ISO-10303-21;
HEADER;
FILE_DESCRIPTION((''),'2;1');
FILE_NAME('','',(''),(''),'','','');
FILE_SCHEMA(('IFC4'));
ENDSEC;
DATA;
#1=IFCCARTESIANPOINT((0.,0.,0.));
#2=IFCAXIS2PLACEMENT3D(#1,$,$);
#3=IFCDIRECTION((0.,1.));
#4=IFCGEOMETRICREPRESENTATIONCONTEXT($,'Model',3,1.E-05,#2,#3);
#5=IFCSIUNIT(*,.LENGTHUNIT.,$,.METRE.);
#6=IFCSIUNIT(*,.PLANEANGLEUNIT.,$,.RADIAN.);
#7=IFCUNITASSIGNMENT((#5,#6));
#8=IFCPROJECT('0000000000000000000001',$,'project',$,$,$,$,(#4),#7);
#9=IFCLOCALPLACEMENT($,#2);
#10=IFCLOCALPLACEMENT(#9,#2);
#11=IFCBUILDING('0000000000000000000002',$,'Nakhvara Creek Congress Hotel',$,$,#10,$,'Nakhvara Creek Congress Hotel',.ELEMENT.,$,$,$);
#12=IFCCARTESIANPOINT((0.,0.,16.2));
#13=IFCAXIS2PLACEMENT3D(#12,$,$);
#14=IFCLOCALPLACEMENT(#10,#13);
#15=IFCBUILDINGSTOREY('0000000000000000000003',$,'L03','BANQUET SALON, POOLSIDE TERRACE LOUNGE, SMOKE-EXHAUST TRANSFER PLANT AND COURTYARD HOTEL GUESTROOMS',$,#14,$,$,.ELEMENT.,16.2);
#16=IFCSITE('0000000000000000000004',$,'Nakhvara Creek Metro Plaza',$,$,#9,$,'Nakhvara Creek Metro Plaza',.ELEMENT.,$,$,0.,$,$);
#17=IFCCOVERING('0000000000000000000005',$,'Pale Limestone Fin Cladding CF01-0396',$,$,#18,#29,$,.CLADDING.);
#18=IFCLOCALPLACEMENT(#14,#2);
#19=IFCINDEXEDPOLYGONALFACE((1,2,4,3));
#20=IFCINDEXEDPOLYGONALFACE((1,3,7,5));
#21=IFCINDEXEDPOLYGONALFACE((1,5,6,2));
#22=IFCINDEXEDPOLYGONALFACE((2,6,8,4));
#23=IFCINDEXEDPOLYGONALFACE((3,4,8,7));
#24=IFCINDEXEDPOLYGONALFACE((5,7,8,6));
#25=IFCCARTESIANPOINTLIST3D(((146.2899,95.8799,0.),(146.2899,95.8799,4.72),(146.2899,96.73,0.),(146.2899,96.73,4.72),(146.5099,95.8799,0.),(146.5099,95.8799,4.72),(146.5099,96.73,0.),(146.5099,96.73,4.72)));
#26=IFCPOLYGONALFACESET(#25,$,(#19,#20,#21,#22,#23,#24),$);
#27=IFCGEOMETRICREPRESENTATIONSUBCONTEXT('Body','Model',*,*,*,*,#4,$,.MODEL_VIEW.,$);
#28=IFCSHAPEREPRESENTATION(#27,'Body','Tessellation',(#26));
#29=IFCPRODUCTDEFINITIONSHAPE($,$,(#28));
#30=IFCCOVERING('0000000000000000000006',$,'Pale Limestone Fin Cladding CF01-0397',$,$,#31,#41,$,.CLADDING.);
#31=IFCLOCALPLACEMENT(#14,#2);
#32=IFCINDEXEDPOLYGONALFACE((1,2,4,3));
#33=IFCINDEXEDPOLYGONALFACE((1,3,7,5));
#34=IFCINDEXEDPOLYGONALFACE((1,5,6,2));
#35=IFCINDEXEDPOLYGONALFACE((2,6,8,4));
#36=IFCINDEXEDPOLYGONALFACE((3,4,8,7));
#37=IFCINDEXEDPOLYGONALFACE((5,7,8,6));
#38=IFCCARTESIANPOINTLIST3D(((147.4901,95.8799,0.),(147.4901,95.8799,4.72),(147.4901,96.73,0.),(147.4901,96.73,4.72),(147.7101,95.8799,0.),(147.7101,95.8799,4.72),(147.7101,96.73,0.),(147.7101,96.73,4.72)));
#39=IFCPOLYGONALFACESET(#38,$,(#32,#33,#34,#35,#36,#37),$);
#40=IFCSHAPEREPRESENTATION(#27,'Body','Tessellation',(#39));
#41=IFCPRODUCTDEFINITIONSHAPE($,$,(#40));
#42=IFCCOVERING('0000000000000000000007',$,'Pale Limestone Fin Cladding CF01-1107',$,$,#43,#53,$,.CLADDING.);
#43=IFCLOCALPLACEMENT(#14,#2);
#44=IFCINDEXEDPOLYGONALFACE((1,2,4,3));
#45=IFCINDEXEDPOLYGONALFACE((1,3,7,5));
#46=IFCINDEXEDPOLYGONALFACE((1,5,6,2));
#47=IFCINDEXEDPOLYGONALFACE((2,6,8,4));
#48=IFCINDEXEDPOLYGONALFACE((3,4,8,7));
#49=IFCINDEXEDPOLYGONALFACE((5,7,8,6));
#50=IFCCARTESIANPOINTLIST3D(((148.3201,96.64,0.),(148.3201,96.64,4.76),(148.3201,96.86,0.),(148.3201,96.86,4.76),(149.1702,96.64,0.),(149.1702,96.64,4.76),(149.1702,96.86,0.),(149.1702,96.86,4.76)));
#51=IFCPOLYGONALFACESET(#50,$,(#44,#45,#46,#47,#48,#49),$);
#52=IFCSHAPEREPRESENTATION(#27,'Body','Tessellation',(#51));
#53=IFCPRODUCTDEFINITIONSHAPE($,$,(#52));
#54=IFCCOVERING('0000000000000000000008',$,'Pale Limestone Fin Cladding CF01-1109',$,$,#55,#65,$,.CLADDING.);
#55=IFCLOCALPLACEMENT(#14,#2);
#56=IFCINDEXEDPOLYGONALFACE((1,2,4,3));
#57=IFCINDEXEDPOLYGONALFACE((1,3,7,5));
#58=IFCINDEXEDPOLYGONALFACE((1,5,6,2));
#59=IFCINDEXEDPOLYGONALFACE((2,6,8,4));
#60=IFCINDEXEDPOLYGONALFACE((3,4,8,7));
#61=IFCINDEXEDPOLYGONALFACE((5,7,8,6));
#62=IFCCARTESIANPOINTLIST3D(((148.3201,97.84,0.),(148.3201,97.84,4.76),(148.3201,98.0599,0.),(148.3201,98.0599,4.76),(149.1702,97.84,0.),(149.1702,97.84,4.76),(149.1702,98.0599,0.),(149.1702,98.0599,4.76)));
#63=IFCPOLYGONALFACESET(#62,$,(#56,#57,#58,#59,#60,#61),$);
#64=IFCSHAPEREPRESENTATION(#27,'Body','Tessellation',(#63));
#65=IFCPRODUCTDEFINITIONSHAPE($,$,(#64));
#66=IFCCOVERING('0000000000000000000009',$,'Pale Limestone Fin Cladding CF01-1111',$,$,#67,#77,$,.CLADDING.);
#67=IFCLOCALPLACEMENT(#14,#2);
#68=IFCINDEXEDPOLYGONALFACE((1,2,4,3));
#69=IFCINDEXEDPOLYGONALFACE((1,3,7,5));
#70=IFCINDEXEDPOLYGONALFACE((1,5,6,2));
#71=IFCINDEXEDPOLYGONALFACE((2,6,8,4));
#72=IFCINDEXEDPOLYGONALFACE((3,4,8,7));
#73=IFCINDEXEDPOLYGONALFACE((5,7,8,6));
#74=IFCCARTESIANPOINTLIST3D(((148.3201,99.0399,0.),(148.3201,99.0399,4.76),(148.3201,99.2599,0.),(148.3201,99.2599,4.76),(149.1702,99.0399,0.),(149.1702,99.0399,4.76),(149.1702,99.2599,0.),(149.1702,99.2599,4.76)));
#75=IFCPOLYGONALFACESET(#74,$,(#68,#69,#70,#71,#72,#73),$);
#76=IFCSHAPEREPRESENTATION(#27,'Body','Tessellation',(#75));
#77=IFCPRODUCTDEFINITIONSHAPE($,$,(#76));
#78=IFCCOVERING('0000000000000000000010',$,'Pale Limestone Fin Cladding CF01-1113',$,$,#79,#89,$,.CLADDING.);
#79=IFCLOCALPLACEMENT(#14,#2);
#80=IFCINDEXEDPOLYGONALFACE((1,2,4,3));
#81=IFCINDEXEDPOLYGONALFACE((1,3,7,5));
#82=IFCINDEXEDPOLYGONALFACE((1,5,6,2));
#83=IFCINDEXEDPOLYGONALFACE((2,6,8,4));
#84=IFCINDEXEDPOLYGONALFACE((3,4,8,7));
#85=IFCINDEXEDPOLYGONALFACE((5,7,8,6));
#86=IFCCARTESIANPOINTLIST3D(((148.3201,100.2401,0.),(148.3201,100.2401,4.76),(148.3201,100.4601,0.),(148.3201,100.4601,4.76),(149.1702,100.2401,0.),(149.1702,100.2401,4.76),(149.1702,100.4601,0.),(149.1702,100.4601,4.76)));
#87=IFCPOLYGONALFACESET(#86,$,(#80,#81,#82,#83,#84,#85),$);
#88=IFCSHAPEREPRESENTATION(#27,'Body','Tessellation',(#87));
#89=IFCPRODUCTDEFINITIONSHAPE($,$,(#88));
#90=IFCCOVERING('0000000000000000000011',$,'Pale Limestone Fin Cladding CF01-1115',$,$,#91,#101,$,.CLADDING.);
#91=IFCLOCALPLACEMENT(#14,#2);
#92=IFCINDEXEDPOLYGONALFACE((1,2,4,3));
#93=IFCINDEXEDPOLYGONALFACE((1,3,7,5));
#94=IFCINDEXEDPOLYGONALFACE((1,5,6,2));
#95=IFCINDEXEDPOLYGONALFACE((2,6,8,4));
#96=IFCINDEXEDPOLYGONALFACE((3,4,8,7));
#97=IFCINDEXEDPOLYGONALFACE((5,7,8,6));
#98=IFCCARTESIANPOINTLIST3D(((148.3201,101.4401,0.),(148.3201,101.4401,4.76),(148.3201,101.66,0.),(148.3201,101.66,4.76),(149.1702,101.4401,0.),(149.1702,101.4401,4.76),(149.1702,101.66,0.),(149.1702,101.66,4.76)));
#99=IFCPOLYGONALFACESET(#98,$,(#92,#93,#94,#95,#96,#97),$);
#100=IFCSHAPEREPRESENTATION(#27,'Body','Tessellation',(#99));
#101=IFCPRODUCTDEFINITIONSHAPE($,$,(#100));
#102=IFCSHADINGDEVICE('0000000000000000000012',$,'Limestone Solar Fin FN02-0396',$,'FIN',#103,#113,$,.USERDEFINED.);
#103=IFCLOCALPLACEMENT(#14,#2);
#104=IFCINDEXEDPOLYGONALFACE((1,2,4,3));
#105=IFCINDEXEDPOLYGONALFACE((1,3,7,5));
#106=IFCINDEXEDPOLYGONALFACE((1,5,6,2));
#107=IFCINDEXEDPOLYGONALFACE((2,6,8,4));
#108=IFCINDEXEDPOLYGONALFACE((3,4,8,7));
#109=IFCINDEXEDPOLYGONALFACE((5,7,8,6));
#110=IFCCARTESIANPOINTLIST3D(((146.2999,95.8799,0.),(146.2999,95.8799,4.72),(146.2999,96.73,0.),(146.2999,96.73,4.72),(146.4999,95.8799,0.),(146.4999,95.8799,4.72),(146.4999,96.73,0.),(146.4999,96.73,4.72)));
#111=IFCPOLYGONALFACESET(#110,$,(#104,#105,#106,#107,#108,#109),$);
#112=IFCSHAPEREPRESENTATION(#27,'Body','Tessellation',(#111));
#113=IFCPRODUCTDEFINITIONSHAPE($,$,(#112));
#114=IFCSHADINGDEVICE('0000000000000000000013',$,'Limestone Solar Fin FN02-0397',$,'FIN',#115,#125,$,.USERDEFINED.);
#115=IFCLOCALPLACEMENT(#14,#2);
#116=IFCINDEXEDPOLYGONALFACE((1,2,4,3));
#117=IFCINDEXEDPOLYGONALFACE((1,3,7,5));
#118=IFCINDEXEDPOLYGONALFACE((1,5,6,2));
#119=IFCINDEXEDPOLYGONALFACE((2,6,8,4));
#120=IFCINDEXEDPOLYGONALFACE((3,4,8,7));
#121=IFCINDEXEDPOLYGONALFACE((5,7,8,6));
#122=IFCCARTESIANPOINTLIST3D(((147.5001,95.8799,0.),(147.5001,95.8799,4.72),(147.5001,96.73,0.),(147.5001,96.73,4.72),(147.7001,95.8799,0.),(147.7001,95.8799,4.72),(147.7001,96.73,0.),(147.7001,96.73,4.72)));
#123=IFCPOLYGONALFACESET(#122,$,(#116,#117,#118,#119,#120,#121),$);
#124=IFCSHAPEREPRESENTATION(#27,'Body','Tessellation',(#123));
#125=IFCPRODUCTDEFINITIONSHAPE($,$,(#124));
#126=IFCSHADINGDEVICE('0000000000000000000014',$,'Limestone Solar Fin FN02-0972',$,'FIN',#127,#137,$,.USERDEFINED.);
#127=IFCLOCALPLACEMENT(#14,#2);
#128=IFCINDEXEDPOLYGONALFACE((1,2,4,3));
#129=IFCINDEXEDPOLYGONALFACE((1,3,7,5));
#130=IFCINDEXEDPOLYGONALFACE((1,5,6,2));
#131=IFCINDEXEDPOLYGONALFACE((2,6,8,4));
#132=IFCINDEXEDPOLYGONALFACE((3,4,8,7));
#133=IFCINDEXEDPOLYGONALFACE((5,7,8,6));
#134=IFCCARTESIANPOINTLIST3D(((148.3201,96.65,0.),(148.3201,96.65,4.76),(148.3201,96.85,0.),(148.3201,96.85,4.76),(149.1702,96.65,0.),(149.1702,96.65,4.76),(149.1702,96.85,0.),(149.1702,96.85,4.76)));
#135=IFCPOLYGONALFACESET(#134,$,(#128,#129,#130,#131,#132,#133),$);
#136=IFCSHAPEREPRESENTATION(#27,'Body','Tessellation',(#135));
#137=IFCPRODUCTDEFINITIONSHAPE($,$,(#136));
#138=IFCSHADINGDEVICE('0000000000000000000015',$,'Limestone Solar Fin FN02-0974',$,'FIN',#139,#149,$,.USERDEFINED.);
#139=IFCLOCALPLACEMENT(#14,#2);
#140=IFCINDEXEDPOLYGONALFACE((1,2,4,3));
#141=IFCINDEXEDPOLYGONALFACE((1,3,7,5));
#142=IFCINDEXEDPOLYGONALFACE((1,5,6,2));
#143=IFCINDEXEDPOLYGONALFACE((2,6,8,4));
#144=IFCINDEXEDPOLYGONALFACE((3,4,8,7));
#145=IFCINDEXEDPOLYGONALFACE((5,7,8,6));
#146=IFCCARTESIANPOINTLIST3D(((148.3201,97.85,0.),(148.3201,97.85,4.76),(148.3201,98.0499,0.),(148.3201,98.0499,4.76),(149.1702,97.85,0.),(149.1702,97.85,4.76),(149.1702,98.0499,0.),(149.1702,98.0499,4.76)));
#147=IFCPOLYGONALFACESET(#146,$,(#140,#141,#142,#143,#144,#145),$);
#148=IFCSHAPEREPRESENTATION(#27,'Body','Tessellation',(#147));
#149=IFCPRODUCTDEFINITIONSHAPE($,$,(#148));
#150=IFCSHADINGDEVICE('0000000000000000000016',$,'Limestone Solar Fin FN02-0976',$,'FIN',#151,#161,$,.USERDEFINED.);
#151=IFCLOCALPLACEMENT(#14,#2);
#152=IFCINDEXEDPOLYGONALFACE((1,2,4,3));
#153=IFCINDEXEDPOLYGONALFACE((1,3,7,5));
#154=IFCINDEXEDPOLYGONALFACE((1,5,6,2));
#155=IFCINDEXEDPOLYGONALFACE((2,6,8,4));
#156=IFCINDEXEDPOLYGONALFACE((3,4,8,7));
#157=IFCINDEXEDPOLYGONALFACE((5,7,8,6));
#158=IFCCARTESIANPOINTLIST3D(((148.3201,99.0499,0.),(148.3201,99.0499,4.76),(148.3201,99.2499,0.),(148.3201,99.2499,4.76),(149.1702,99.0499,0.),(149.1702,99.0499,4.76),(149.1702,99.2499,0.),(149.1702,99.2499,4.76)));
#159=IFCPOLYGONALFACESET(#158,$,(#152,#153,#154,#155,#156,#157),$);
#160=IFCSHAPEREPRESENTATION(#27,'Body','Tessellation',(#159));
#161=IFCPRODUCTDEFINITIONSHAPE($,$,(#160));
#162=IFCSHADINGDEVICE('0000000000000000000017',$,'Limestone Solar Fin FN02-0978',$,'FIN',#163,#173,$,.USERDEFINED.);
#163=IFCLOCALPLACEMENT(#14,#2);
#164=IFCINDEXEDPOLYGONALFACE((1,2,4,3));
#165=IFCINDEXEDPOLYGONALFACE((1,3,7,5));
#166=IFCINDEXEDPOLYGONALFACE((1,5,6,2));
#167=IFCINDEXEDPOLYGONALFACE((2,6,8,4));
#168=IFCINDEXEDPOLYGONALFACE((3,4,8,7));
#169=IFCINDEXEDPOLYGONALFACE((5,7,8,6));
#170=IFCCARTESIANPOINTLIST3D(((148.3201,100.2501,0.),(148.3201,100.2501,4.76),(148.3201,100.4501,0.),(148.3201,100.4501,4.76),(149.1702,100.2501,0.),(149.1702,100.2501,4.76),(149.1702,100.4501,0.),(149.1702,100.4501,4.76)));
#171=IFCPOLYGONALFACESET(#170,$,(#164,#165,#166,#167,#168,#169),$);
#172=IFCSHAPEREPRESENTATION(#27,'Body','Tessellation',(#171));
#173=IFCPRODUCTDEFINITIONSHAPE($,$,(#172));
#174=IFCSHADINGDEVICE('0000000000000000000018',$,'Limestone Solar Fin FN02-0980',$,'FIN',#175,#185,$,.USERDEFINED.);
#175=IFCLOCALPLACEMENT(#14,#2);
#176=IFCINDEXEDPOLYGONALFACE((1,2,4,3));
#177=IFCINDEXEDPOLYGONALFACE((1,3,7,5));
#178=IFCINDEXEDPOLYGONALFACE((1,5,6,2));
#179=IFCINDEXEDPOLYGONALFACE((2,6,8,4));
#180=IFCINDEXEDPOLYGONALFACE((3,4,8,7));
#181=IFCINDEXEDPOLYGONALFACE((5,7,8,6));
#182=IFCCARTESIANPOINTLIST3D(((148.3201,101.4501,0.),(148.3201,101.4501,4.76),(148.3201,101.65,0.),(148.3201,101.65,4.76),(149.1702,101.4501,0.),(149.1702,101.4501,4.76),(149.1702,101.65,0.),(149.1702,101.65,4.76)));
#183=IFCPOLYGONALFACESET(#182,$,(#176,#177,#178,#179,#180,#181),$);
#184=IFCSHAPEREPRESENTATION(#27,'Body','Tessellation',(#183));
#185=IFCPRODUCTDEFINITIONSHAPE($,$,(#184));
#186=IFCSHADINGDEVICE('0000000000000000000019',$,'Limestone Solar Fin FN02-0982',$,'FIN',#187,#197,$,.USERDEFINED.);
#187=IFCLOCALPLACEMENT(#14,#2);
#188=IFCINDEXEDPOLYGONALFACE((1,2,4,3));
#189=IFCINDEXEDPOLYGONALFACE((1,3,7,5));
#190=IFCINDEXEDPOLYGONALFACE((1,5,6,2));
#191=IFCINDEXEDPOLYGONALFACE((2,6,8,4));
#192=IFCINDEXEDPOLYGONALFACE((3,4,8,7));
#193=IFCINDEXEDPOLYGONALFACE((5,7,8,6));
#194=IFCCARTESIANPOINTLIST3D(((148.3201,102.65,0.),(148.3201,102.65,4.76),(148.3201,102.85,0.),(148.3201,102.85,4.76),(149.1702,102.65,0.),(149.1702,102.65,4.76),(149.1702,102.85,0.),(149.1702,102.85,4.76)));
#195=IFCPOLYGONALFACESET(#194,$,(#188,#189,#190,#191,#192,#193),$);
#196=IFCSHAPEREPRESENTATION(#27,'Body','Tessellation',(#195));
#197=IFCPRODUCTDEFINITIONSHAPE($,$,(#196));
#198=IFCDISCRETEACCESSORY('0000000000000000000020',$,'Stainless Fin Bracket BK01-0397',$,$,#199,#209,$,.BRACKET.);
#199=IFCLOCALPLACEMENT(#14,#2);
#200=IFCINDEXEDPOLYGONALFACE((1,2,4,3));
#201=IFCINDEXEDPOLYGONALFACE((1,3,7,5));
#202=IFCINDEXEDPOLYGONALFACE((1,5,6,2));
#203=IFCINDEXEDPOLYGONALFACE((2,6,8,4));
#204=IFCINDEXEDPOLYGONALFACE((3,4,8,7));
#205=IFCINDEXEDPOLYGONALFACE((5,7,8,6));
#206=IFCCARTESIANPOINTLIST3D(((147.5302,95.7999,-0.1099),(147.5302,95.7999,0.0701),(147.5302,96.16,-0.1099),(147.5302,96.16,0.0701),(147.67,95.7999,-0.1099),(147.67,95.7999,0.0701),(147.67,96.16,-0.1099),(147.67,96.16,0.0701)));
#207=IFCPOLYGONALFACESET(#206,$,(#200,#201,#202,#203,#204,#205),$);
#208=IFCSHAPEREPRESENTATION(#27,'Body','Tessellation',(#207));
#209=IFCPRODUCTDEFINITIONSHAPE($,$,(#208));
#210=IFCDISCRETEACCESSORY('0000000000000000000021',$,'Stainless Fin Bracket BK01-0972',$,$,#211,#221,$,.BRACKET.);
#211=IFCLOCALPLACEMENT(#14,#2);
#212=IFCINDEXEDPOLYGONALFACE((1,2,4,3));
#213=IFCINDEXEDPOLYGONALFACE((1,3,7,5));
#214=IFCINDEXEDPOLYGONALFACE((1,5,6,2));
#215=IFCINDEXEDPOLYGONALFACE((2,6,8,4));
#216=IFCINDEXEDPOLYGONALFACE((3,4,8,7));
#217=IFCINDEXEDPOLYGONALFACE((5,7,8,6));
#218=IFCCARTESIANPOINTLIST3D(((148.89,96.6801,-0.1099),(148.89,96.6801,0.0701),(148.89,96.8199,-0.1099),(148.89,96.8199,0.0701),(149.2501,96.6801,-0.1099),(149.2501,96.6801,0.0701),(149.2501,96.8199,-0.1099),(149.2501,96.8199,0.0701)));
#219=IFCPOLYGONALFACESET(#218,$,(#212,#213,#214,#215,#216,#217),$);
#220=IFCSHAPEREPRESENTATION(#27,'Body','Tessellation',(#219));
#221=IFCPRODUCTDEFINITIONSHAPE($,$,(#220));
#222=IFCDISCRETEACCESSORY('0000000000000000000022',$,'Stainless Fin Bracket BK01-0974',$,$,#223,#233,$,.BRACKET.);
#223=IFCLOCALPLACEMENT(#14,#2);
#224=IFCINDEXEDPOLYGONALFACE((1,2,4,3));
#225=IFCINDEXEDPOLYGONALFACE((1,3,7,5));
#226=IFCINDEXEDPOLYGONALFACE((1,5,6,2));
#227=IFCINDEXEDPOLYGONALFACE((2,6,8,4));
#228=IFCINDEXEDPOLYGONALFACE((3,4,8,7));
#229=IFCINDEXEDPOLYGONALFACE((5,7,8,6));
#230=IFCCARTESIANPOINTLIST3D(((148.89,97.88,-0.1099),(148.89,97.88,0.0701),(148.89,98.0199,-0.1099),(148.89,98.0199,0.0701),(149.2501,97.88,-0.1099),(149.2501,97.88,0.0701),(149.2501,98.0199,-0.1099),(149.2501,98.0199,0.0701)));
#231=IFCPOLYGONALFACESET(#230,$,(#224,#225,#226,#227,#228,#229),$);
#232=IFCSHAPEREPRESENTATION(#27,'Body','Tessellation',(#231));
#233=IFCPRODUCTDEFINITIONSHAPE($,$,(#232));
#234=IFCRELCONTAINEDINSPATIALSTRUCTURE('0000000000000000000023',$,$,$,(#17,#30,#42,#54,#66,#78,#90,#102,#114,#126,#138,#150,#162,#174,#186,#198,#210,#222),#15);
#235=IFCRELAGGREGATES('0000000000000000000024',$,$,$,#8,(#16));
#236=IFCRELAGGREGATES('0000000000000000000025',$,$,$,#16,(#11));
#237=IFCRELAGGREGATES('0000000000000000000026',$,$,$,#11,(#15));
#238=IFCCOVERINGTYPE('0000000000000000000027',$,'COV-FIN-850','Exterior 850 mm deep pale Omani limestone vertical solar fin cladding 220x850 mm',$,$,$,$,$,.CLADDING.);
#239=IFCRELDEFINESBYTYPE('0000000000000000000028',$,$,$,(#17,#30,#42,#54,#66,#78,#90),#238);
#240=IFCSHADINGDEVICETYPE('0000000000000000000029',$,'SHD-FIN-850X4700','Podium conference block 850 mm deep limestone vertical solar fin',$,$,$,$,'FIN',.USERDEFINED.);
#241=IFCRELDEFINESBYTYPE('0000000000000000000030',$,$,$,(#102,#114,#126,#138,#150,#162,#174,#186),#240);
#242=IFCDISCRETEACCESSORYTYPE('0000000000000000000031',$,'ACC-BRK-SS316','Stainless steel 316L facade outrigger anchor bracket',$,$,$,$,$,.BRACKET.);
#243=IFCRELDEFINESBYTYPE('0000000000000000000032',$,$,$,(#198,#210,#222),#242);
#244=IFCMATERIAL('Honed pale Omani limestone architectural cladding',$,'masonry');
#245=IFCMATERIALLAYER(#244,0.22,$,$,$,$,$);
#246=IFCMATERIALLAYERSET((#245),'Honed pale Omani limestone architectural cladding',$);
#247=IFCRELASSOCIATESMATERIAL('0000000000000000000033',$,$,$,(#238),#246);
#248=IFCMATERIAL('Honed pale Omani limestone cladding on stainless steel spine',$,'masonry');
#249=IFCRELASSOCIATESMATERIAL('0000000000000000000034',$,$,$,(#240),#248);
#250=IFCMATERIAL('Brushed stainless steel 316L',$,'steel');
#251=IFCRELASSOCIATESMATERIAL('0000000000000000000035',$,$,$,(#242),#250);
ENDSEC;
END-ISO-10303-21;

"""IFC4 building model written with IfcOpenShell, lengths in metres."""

from ifc_helpers import new_model, si_unit, direction, frame, origin, origin_2d, place, context, subcontext, project, spatial, rectangle, extrude, material, layer, layer_set, type_object, element, save


model = new_model("IFC4")

# Units and contexts
model_context = context("Model", 3, precision=1e-05, world=origin(), true_north=direction((0.0, 1.0)))
body_context = subcontext(model_context, "Body", "Model", "MODEL_VIEW")
ifc_project = project(units=[si_unit("LENGTHUNIT", "METRE"), si_unit("PLANEANGLEUNIT", "RADIAN")], contexts=[model_context])

# Site, building, storey
site_placement = place(None, origin())
site = spatial("IfcSite", under=ifc_project, at=site_placement, Name="Nakhvara Creek Metro Plaza", LongName="Nakhvara Creek Metro Plaza", CompositionType="ELEMENT", RefElevation=0.0)
building_placement = place(site_placement, origin())
building = spatial("IfcBuilding", under=site, at=building_placement, Name="Nakhvara Creek Congress Hotel", LongName="Nakhvara Creek Congress Hotel", CompositionType="ELEMENT")
storey_placement = place(building_placement, frame((0.0, 0.0, 16.2)))
storey = spatial("IfcBuildingStorey", under=building, at=storey_placement, Name="L03", Description="BANQUET SALON, POOLSIDE TERRACE LOUNGE, SMOKE-EXHAUST TRANSFER PLANT AND COURTYARD HOTEL GUESTROOMS", CompositionType="ELEMENT", Elevation=16.2)

# Coverings
ifc_material_1 = material(Name="Honed pale Omani limestone architectural cladding", Category="masonry")
ifc_layer = layer(ifc_material_1, 0.22)
ifc_layer_set = layer_set([ifc_layer], Name="Honed pale Omani limestone architectural cladding")
covering_type = type_object("IfcCoveringType", Name="COV-FIN-850", Description="Exterior 850 mm deep pale Omani limestone vertical solar fin cladding 220x850 mm", PredefinedType="CLADDING", material=ifc_layer_set)
for number, where, z_axis, x_axis, name in (
    (1, (146.3999, 96.3049, 0.0), (0.0, 0.0, 1.0), (1.0, 0.0, 0.0), "Pale Limestone Fin Cladding CF01-0396"),
    (2, (147.6001, 96.3049, 0.0), (0.0, 0.0, 1.0), (1.0, 0.0, 0.0), "Pale Limestone Fin Cladding CF01-0397"),
):
    element("IfcCovering", number, at=place(storey_placement, frame(where, z_axis=z_axis, x_axis=x_axis)), inside=storey, type_object=covering_type, Name=name, PredefinedType="CLADDING", context=body_context, shape_type="SweptSolid", body=[
        extrude(rectangle(XDim=0.22, YDim=0.8501, at=origin_2d()), origin(), (0.0, 0.0, 1.0), 4.72),
    ])
for number, where, z_axis, x_axis, name in (
    (3, (148.7451, 96.75, 0.0), (0.0, 0.0, 1.0), (0.0, 1.0, 0.0), "Pale Limestone Fin Cladding CF01-1107"),
    (4, (148.7451, 97.95, 0.0), (0.0, 0.0, 1.0), (0.0, 1.0, 0.0), "Pale Limestone Fin Cladding CF01-1109"),
    (5, (148.7451, 99.1499, 0.0), (0.0, 0.0, 1.0), (0.0, 1.0, 0.0), "Pale Limestone Fin Cladding CF01-1111"),
    (6, (148.7451, 100.3501, 0.0), (0.0, 0.0, 1.0), (0.0, 1.0, 0.0), "Pale Limestone Fin Cladding CF01-1113"),
    (7, (148.7451, 101.55, 0.0), (0.0, 0.0, 1.0), (0.0, 1.0, 0.0), "Pale Limestone Fin Cladding CF01-1115"),
):
    element("IfcCovering", number, at=place(storey_placement, frame(where, z_axis=z_axis, x_axis=x_axis)), inside=storey, type_object=covering_type, Name=name, PredefinedType="CLADDING", context=body_context, shape_type="SweptSolid", body=[
        extrude(rectangle(XDim=0.22, YDim=0.8501, at=origin_2d()), origin(), (0.0, 0.0, 1.0), 4.76),
    ])

# Shading devices
ifc_material_2 = material(Name="Honed pale Omani limestone cladding on stainless steel spine", Category="masonry")
shading_device_type = type_object("IfcShadingDeviceType", Name="SHD-FIN-850X4700", Description="Podium conference block 850 mm deep limestone vertical solar fin", ElementType="FIN", PredefinedType="USERDEFINED", material=ifc_material_2)
for number, where, z_axis, x_axis, name in (
    (8, (146.3999, 96.3049, 0.0), (0.0, 0.0, 1.0), (1.0, 0.0, 0.0), "Limestone Solar Fin FN02-0396"),
    (9, (147.6001, 96.3049, 0.0), (0.0, 0.0, 1.0), (1.0, 0.0, 0.0), "Limestone Solar Fin FN02-0397"),
):
    element("IfcShadingDevice", number, at=place(storey_placement, frame(where, z_axis=z_axis, x_axis=x_axis)), inside=storey, type_object=shading_device_type, Name=name, ObjectType="FIN", PredefinedType="USERDEFINED", context=body_context, shape_type="SweptSolid", body=[
        extrude(rectangle(XDim=0.2, YDim=0.8501, at=origin_2d()), origin(), (0.0, 0.0, 1.0), 4.72),
    ])
for number, where, z_axis, x_axis, name in (
    (10, (148.7451, 96.75, 0.0), (0.0, 0.0, 1.0), (0.0, 1.0, 0.0), "Limestone Solar Fin FN02-0972"),
    (11, (148.7451, 97.95, 0.0), (0.0, 0.0, 1.0), (0.0, 1.0, 0.0), "Limestone Solar Fin FN02-0974"),
    (12, (148.7451, 99.1499, 0.0), (0.0, 0.0, 1.0), (0.0, 1.0, 0.0), "Limestone Solar Fin FN02-0976"),
    (13, (148.7451, 100.3501, 0.0), (0.0, 0.0, 1.0), (0.0, 1.0, 0.0), "Limestone Solar Fin FN02-0978"),
    (14, (148.7451, 101.55, 0.0), (0.0, 0.0, 1.0), (0.0, 1.0, 0.0), "Limestone Solar Fin FN02-0980"),
    (15, (148.7451, 102.75, 0.0), (0.0, 0.0, 1.0), (0.0, 1.0, 0.0), "Limestone Solar Fin FN02-0982"),
):
    element("IfcShadingDevice", number, at=place(storey_placement, frame(where, z_axis=z_axis, x_axis=x_axis)), inside=storey, type_object=shading_device_type, Name=name, ObjectType="FIN", PredefinedType="USERDEFINED", context=body_context, shape_type="SweptSolid", body=[
        extrude(rectangle(XDim=0.2, YDim=0.8501, at=origin_2d()), origin(), (0.0, 0.0, 1.0), 4.76),
    ])

# Discrete accessories
ifc_material_3 = material(Name="Brushed stainless steel 316L", Category="steel")
discrete_accessory_type = type_object("IfcDiscreteAccessoryType", Name="ACC-BRK-SS316", Description="Stainless steel 316L facade outrigger anchor bracket", PredefinedType="BRACKET", material=ifc_material_3)
for number, where, z_axis, x_axis, name in (
    (16, (147.6001, 95.98, -0.1099), (0.0, 0.0, 1.0), (1.0, 0.0, 0.0), "Stainless Fin Bracket BK01-0397"),
    (17, (149.0701, 96.75, -0.1099), (0.0, 0.0, 1.0), (0.0, 1.0, 0.0), "Stainless Fin Bracket BK01-0972"),
    (18, (149.0701, 97.95, -0.1099), (0.0, 0.0, 1.0), (0.0, 1.0, 0.0), "Stainless Fin Bracket BK01-0974"),
):
    element("IfcDiscreteAccessory", number, at=place(storey_placement, frame(where, z_axis=z_axis, x_axis=x_axis)), inside=storey, type_object=discrete_accessory_type, Name=name, PredefinedType="BRACKET", context=body_context, shape_type="SweptSolid", body=[
        extrude(rectangle(XDim=0.1399, YDim=0.3601, at=origin_2d()), origin(), (0.0, 0.0, 1.0), 0.1799),
    ])

save(model, "model.ifc")
